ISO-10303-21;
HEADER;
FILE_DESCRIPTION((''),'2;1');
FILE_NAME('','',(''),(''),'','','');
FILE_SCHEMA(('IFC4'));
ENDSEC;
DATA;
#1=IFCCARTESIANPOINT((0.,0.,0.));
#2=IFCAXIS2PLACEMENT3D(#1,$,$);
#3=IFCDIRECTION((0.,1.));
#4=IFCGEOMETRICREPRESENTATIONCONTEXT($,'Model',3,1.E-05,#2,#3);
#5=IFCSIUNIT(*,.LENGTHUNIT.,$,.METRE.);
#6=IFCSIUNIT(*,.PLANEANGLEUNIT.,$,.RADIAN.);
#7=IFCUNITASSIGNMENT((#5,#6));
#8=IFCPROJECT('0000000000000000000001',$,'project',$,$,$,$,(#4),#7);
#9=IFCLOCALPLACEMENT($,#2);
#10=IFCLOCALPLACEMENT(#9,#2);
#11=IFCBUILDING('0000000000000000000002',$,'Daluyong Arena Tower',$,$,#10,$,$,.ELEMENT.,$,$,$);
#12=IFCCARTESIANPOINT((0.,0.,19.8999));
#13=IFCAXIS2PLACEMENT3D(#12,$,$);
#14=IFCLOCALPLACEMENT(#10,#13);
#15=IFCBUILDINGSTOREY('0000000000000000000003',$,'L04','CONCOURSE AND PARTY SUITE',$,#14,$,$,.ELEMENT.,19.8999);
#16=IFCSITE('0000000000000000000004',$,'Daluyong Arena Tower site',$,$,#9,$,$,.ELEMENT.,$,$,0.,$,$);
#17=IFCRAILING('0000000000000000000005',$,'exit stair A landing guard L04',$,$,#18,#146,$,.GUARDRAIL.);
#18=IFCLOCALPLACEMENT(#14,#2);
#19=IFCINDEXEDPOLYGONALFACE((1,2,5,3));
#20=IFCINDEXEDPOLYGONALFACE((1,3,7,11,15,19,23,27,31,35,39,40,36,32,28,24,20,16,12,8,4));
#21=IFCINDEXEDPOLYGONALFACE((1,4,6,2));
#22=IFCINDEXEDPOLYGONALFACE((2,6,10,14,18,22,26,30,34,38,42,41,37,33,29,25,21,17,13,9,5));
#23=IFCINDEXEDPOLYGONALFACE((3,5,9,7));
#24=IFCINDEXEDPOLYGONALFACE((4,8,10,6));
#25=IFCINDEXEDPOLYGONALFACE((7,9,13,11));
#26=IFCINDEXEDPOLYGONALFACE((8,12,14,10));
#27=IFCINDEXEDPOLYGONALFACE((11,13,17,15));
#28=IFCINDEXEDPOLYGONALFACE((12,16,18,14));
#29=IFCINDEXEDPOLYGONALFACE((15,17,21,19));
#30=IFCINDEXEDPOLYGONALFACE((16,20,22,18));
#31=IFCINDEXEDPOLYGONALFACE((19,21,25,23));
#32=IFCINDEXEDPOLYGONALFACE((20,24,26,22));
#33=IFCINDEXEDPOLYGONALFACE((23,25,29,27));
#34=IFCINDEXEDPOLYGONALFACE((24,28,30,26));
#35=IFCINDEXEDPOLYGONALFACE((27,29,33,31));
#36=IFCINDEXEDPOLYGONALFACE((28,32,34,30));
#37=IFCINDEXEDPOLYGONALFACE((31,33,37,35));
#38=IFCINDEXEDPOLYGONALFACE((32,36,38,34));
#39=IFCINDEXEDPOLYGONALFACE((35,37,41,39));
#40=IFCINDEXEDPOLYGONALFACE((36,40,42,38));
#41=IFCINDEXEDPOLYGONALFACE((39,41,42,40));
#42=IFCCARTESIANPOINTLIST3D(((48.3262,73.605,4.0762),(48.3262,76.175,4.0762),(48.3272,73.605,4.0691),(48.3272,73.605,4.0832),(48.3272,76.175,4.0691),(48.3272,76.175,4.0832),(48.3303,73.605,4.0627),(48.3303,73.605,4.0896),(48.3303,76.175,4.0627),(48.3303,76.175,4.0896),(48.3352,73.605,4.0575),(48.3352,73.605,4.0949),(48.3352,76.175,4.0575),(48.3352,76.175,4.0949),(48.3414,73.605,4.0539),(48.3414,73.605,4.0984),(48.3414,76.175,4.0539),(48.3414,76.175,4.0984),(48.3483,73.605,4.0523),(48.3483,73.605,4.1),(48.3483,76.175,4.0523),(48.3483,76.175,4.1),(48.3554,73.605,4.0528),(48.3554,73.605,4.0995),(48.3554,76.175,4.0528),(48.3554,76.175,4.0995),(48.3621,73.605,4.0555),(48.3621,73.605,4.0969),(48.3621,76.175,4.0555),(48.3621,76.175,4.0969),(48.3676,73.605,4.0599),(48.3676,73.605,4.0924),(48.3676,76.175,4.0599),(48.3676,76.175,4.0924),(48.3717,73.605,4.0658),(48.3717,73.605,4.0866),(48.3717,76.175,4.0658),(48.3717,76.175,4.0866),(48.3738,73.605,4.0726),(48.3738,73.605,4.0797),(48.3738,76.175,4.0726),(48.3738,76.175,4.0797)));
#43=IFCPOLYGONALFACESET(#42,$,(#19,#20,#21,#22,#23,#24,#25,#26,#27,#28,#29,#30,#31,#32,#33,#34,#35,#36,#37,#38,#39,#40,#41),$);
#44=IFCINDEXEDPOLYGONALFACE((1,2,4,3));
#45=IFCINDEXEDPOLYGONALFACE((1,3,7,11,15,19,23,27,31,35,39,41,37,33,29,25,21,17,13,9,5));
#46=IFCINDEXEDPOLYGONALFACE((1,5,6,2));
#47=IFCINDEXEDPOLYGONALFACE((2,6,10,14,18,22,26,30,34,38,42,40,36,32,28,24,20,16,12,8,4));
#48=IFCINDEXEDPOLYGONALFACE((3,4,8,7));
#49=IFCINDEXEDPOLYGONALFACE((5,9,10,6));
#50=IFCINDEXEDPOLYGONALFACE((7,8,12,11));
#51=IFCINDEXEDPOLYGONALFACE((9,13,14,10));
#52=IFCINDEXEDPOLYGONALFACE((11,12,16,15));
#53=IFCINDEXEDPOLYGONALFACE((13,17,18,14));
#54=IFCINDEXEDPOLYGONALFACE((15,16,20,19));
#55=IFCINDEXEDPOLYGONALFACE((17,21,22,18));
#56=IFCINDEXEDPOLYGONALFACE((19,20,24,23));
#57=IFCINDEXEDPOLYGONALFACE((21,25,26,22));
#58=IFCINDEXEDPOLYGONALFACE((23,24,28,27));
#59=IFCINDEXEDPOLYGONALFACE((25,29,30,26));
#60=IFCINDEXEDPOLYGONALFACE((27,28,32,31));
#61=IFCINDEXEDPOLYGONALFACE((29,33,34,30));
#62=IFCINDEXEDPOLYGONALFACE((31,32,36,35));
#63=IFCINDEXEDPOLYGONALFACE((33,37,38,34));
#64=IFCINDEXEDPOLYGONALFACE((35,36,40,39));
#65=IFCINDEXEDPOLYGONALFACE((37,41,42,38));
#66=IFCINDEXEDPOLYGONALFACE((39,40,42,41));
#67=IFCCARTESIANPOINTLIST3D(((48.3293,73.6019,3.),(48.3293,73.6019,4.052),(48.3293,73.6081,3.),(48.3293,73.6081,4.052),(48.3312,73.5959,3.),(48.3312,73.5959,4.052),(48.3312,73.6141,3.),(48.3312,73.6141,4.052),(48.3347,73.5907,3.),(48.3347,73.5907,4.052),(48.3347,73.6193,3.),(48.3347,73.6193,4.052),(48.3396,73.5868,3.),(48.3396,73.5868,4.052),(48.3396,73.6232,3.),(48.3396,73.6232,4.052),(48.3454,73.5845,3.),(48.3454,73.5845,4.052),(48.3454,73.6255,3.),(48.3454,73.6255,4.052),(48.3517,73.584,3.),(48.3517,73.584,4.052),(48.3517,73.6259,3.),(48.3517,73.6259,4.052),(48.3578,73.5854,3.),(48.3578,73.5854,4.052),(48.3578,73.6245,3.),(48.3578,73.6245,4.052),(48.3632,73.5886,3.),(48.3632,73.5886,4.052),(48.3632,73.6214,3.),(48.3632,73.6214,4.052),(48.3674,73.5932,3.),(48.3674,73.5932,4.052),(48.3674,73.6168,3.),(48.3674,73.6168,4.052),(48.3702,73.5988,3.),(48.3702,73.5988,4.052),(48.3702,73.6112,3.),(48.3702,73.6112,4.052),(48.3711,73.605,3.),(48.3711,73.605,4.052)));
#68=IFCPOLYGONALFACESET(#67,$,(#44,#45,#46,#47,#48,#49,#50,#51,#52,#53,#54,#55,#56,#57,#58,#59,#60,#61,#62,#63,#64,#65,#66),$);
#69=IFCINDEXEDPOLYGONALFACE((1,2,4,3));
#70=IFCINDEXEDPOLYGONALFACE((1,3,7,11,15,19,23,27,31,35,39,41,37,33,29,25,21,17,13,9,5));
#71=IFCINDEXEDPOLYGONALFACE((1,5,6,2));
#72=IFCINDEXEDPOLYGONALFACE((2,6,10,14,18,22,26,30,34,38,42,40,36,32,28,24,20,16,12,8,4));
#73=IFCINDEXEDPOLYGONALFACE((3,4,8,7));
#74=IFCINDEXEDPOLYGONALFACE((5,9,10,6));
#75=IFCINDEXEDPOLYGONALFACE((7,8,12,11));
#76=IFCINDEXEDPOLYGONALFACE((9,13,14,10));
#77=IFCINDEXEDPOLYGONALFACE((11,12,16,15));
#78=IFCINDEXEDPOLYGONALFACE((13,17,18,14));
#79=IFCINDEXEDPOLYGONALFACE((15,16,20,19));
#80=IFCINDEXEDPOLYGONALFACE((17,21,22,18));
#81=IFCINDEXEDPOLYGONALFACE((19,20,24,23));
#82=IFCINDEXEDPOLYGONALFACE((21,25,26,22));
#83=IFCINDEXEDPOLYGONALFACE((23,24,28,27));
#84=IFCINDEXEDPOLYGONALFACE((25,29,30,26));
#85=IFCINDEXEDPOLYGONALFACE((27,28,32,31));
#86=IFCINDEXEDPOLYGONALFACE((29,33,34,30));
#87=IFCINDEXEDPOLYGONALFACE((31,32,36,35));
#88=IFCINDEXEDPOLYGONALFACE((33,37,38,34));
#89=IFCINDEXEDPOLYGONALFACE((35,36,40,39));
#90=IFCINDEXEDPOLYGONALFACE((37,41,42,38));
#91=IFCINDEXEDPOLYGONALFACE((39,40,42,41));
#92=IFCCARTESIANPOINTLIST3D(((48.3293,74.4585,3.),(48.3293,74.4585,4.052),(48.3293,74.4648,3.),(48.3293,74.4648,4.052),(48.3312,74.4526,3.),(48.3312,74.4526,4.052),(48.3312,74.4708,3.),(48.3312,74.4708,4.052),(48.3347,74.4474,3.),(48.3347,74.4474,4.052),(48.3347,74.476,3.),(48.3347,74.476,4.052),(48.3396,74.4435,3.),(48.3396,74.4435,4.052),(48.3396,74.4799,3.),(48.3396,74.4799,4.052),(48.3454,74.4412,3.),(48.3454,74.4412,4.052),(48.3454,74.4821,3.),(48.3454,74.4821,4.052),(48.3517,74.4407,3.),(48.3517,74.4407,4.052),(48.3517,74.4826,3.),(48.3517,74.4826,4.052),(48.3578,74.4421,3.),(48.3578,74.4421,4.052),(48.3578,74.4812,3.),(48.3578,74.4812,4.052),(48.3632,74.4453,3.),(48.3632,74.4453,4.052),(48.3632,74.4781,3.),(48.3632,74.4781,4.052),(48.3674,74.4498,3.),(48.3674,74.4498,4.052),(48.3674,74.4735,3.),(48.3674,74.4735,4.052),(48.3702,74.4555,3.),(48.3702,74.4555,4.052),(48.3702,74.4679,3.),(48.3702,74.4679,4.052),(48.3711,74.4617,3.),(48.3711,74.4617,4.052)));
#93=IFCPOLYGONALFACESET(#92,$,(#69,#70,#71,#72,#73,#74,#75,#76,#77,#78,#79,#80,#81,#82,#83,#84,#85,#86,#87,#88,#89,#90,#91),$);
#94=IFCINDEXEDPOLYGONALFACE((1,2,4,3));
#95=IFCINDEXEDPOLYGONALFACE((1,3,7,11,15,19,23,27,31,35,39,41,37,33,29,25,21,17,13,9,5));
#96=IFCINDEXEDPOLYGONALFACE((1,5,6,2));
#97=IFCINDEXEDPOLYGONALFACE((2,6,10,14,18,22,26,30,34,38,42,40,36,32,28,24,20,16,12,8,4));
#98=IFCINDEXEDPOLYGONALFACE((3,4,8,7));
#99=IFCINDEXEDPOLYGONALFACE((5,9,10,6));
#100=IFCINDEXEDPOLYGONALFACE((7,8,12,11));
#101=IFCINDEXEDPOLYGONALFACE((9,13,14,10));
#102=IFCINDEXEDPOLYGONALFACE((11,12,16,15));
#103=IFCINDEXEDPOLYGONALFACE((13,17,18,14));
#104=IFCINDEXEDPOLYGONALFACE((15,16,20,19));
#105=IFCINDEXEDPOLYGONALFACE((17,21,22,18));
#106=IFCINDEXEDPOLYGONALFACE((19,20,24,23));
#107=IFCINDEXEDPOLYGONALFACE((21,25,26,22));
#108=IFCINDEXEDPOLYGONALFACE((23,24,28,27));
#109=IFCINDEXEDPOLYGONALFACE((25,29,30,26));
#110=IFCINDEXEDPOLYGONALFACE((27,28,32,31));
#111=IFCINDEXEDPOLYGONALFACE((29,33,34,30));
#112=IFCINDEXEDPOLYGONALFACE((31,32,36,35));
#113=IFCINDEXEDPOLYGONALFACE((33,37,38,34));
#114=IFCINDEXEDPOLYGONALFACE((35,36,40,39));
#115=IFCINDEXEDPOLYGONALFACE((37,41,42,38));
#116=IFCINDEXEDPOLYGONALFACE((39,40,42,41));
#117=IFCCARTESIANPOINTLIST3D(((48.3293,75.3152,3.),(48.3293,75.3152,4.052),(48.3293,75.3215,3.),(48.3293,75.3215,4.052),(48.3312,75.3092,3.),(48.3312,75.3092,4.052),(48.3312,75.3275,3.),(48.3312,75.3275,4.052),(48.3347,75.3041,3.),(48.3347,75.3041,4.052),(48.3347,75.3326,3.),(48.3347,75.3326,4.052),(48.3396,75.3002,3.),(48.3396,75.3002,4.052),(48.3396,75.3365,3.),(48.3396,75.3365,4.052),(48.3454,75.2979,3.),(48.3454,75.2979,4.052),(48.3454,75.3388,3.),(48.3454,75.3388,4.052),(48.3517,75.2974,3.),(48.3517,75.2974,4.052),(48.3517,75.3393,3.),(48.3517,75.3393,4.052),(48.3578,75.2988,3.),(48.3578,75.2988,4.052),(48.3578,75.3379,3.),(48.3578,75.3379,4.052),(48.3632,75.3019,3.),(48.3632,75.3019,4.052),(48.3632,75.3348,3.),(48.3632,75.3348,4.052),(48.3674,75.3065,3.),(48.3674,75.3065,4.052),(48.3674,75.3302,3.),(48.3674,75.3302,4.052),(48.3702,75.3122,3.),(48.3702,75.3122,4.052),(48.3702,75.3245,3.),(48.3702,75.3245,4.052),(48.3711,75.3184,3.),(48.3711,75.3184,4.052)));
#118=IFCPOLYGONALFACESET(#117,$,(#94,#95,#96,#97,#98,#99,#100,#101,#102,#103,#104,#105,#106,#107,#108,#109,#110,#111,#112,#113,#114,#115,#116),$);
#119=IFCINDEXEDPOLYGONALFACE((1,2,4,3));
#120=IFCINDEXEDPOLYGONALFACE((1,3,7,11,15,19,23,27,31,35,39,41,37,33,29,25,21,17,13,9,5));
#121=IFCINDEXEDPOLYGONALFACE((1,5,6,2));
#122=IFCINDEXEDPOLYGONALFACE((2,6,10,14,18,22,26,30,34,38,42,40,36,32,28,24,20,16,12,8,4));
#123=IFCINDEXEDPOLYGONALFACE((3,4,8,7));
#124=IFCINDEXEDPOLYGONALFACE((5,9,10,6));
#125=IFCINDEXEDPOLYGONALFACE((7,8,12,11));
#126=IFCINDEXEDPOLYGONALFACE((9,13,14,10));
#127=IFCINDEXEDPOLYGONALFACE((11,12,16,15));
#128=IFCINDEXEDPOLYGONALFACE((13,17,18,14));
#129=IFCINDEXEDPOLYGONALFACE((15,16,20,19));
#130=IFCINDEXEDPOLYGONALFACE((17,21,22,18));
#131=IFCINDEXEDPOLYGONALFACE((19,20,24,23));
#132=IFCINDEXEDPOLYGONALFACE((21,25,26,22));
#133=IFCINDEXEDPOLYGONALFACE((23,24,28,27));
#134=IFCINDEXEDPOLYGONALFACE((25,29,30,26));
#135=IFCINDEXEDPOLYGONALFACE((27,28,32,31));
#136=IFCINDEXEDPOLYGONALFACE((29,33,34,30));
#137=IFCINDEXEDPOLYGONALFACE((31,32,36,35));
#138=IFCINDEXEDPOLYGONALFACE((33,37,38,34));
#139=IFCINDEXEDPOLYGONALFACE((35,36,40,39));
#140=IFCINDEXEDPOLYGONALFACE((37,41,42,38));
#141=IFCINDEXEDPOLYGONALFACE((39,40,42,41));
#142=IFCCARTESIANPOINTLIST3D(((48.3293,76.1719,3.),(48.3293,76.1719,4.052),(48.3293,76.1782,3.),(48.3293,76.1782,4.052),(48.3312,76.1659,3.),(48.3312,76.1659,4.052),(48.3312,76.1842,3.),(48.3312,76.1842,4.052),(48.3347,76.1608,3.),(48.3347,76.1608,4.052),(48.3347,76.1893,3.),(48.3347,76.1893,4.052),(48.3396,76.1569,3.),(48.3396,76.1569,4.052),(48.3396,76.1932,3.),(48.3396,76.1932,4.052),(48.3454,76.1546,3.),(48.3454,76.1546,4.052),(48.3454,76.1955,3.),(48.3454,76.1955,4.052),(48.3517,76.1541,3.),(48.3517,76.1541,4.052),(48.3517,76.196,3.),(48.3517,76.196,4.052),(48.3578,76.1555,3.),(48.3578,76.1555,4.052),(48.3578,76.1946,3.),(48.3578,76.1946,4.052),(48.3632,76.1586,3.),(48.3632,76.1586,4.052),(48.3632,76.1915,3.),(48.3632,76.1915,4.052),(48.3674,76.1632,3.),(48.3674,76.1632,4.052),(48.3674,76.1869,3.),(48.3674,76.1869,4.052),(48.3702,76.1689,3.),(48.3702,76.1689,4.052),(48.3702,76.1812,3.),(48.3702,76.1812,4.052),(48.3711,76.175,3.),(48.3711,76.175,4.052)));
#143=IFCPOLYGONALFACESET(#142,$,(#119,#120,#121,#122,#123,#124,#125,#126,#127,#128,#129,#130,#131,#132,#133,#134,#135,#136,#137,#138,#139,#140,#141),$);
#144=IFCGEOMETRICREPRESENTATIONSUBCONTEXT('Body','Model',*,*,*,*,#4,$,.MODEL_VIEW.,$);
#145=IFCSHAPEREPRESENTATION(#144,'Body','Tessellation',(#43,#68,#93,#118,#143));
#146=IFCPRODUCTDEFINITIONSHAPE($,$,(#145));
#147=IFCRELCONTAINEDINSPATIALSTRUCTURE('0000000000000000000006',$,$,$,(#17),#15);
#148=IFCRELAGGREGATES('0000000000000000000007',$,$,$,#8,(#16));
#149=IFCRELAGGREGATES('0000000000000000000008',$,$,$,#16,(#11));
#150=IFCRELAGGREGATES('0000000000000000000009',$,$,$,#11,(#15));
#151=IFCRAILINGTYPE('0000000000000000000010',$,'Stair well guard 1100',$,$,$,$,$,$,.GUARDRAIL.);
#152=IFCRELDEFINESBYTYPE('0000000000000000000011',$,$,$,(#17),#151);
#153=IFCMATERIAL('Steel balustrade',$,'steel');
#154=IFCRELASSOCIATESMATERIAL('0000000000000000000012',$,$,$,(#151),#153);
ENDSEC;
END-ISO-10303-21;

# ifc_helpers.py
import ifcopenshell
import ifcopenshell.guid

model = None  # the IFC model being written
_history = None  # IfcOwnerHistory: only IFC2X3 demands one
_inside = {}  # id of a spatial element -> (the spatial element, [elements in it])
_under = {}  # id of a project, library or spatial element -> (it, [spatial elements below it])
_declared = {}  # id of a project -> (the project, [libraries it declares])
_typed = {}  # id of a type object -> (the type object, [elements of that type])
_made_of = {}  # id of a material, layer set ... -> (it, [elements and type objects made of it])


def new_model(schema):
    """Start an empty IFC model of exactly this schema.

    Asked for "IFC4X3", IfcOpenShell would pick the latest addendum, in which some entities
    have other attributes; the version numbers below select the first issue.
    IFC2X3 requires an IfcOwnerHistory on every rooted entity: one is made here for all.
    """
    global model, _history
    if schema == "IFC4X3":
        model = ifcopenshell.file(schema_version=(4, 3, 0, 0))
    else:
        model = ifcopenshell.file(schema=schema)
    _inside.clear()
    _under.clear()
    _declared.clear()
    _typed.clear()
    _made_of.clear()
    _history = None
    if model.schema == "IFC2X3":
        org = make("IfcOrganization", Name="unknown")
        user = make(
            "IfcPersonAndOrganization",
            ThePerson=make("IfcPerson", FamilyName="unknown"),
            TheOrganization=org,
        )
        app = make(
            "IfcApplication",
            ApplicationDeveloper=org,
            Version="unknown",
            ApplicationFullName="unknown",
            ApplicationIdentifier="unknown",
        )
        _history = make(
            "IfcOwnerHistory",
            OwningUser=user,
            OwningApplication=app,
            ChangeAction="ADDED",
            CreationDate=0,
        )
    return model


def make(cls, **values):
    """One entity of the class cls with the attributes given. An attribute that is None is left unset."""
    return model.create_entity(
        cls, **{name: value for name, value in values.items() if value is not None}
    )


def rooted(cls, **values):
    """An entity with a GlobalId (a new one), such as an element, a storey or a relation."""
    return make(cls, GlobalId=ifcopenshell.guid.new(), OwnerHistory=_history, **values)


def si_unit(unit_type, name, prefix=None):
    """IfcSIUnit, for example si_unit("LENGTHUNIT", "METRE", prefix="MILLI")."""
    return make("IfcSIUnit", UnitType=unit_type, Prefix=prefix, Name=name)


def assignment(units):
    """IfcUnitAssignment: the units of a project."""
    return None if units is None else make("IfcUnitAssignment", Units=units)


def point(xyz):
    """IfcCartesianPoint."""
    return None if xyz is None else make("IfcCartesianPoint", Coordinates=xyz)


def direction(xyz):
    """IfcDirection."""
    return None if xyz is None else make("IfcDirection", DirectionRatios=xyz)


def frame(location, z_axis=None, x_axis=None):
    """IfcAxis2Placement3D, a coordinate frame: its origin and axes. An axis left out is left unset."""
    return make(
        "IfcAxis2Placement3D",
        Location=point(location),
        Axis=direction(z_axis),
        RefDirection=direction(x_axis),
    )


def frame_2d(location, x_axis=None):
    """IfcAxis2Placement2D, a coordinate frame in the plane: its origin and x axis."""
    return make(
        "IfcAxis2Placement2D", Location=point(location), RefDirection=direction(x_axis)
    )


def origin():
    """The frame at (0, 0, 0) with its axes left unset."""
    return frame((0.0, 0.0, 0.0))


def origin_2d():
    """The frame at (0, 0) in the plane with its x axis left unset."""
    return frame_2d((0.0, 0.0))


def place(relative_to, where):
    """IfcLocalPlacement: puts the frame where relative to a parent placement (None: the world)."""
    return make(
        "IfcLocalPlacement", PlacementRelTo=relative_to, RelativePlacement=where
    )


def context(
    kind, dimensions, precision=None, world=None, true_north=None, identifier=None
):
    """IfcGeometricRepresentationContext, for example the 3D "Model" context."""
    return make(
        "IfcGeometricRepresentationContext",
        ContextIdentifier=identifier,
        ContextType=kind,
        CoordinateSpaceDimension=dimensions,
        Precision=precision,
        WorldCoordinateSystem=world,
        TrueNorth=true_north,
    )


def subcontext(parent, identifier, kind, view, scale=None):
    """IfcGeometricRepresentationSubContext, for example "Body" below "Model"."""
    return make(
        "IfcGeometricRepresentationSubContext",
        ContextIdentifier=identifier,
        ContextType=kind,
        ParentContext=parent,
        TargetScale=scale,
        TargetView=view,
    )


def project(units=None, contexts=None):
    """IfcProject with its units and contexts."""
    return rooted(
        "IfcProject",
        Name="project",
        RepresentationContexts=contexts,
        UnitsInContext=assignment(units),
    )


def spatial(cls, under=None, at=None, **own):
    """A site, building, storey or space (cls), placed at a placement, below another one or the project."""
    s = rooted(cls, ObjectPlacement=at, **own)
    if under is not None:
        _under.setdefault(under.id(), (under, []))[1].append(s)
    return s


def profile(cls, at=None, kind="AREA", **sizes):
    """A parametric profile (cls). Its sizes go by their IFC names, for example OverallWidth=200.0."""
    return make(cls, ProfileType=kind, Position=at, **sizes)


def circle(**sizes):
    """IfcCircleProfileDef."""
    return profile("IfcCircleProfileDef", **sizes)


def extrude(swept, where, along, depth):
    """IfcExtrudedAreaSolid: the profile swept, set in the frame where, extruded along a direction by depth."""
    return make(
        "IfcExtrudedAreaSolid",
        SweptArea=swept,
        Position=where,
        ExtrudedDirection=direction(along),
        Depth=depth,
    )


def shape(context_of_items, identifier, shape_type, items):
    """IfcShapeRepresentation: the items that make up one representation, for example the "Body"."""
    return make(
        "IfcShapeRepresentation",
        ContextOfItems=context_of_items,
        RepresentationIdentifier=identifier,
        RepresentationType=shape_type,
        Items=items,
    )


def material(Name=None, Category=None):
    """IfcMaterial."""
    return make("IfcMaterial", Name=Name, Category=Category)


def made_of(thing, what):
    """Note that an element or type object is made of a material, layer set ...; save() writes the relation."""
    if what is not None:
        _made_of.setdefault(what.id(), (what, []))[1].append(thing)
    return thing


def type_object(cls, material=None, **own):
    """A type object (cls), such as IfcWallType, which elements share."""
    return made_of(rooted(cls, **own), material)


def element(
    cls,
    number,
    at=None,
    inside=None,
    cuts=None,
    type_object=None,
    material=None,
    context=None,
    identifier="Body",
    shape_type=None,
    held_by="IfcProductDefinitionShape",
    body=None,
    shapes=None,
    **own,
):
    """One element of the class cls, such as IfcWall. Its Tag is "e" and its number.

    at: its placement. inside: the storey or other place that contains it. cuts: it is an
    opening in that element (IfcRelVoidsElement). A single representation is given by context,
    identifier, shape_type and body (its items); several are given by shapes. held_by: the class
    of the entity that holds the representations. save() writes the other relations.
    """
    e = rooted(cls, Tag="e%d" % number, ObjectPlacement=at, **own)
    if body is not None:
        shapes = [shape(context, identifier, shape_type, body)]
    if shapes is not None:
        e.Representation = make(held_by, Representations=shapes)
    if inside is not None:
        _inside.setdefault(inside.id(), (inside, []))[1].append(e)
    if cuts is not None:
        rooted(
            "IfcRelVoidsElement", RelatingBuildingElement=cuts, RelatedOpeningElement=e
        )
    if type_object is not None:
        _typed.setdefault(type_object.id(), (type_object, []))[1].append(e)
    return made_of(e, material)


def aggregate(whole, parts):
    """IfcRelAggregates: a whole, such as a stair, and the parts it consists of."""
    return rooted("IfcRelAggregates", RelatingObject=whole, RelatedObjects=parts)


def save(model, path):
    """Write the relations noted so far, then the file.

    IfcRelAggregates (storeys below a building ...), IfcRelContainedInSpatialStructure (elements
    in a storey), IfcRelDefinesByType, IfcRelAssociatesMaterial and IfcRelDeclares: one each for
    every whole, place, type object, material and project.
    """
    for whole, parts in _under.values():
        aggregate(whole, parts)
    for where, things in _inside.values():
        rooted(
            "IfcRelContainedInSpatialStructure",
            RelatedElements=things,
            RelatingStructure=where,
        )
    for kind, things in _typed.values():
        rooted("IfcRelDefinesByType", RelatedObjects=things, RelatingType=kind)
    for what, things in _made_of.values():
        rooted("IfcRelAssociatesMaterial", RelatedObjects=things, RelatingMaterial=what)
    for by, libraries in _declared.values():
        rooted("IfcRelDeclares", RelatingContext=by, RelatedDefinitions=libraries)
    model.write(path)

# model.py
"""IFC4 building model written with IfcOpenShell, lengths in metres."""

from ifc_helpers import new_model, si_unit, direction, frame, origin, origin_2d, place, context, subcontext, project, spatial, circle, extrude, material, type_object, element, save


model = new_model("IFC4")

# Units and contexts
model_context = context("Model", 3, precision=1e-05, world=origin(), true_north=direction((0.0, 1.0)))
body_context = subcontext(model_context, "Body", "Model", "MODEL_VIEW")
ifc_project = project(units=[si_unit("LENGTHUNIT", "METRE"), si_unit("PLANEANGLEUNIT", "RADIAN")], contexts=[model_context])

# Site, building, storey
site_placement = place(None, origin())
site = spatial("IfcSite", under=ifc_project, at=site_placement, Name="Daluyong Arena Tower site", CompositionType="ELEMENT", RefElevation=0.0)
building_placement = place(site_placement, origin())
building = spatial("IfcBuilding", under=site, at=building_placement, Name="Daluyong Arena Tower", CompositionType="ELEMENT")
storey_placement = place(building_placement, frame((0.0, 0.0, 19.8999)))
storey = spatial("IfcBuildingStorey", under=building, at=storey_placement, Name="L04", Description="CONCOURSE AND PARTY SUITE", CompositionType="ELEMENT", Elevation=19.8999)

# Railing
ifc_material_1 = material(Name="Steel balustrade", Category="steel")
railing_type_1 = type_object("IfcRailingType", Name="Stair well guard 1100", PredefinedType="GUARDRAIL", material=ifc_material_1)
railing_placement = place(storey_placement, frame((48.3501, 73.605, 3.0)))
element("IfcRailing", 1, at=railing_placement, inside=storey, type_object=railing_type_1, Name="exit stair A landing guard L04", PredefinedType="GUARDRAIL", context=body_context, shape_type="SweptSolid", body=[
    extrude(circle(Radius=0.0239, at=origin_2d()), frame((0.0, 0.0, 1.0762), z_axis=(0.0, 1.0, 0.0), x_axis=(-1.0, 0.0, 0.0)), (0.0, 0.0, 1.0), 2.5701),
    extrude(circle(Radius=0.021, at=origin_2d()), origin(), (0.0, 0.0, 1.0), 1.052),
    extrude(circle(Radius=0.021, at=origin_2d()), frame((0.0, 0.8567, 0.0)), (0.0, 0.0, 1.0), 1.052),
    extrude(circle(Radius=0.021, at=origin_2d()), frame((0.0, 1.7134, 0.0)), (0.0, 0.0, 1.0), 1.052),
    extrude(circle(Radius=0.021, at=origin_2d()), frame((0.0, 2.5701, 0.0)), (0.0, 0.0, 1.0), 1.052),
])

save(model, "model.ifc")
